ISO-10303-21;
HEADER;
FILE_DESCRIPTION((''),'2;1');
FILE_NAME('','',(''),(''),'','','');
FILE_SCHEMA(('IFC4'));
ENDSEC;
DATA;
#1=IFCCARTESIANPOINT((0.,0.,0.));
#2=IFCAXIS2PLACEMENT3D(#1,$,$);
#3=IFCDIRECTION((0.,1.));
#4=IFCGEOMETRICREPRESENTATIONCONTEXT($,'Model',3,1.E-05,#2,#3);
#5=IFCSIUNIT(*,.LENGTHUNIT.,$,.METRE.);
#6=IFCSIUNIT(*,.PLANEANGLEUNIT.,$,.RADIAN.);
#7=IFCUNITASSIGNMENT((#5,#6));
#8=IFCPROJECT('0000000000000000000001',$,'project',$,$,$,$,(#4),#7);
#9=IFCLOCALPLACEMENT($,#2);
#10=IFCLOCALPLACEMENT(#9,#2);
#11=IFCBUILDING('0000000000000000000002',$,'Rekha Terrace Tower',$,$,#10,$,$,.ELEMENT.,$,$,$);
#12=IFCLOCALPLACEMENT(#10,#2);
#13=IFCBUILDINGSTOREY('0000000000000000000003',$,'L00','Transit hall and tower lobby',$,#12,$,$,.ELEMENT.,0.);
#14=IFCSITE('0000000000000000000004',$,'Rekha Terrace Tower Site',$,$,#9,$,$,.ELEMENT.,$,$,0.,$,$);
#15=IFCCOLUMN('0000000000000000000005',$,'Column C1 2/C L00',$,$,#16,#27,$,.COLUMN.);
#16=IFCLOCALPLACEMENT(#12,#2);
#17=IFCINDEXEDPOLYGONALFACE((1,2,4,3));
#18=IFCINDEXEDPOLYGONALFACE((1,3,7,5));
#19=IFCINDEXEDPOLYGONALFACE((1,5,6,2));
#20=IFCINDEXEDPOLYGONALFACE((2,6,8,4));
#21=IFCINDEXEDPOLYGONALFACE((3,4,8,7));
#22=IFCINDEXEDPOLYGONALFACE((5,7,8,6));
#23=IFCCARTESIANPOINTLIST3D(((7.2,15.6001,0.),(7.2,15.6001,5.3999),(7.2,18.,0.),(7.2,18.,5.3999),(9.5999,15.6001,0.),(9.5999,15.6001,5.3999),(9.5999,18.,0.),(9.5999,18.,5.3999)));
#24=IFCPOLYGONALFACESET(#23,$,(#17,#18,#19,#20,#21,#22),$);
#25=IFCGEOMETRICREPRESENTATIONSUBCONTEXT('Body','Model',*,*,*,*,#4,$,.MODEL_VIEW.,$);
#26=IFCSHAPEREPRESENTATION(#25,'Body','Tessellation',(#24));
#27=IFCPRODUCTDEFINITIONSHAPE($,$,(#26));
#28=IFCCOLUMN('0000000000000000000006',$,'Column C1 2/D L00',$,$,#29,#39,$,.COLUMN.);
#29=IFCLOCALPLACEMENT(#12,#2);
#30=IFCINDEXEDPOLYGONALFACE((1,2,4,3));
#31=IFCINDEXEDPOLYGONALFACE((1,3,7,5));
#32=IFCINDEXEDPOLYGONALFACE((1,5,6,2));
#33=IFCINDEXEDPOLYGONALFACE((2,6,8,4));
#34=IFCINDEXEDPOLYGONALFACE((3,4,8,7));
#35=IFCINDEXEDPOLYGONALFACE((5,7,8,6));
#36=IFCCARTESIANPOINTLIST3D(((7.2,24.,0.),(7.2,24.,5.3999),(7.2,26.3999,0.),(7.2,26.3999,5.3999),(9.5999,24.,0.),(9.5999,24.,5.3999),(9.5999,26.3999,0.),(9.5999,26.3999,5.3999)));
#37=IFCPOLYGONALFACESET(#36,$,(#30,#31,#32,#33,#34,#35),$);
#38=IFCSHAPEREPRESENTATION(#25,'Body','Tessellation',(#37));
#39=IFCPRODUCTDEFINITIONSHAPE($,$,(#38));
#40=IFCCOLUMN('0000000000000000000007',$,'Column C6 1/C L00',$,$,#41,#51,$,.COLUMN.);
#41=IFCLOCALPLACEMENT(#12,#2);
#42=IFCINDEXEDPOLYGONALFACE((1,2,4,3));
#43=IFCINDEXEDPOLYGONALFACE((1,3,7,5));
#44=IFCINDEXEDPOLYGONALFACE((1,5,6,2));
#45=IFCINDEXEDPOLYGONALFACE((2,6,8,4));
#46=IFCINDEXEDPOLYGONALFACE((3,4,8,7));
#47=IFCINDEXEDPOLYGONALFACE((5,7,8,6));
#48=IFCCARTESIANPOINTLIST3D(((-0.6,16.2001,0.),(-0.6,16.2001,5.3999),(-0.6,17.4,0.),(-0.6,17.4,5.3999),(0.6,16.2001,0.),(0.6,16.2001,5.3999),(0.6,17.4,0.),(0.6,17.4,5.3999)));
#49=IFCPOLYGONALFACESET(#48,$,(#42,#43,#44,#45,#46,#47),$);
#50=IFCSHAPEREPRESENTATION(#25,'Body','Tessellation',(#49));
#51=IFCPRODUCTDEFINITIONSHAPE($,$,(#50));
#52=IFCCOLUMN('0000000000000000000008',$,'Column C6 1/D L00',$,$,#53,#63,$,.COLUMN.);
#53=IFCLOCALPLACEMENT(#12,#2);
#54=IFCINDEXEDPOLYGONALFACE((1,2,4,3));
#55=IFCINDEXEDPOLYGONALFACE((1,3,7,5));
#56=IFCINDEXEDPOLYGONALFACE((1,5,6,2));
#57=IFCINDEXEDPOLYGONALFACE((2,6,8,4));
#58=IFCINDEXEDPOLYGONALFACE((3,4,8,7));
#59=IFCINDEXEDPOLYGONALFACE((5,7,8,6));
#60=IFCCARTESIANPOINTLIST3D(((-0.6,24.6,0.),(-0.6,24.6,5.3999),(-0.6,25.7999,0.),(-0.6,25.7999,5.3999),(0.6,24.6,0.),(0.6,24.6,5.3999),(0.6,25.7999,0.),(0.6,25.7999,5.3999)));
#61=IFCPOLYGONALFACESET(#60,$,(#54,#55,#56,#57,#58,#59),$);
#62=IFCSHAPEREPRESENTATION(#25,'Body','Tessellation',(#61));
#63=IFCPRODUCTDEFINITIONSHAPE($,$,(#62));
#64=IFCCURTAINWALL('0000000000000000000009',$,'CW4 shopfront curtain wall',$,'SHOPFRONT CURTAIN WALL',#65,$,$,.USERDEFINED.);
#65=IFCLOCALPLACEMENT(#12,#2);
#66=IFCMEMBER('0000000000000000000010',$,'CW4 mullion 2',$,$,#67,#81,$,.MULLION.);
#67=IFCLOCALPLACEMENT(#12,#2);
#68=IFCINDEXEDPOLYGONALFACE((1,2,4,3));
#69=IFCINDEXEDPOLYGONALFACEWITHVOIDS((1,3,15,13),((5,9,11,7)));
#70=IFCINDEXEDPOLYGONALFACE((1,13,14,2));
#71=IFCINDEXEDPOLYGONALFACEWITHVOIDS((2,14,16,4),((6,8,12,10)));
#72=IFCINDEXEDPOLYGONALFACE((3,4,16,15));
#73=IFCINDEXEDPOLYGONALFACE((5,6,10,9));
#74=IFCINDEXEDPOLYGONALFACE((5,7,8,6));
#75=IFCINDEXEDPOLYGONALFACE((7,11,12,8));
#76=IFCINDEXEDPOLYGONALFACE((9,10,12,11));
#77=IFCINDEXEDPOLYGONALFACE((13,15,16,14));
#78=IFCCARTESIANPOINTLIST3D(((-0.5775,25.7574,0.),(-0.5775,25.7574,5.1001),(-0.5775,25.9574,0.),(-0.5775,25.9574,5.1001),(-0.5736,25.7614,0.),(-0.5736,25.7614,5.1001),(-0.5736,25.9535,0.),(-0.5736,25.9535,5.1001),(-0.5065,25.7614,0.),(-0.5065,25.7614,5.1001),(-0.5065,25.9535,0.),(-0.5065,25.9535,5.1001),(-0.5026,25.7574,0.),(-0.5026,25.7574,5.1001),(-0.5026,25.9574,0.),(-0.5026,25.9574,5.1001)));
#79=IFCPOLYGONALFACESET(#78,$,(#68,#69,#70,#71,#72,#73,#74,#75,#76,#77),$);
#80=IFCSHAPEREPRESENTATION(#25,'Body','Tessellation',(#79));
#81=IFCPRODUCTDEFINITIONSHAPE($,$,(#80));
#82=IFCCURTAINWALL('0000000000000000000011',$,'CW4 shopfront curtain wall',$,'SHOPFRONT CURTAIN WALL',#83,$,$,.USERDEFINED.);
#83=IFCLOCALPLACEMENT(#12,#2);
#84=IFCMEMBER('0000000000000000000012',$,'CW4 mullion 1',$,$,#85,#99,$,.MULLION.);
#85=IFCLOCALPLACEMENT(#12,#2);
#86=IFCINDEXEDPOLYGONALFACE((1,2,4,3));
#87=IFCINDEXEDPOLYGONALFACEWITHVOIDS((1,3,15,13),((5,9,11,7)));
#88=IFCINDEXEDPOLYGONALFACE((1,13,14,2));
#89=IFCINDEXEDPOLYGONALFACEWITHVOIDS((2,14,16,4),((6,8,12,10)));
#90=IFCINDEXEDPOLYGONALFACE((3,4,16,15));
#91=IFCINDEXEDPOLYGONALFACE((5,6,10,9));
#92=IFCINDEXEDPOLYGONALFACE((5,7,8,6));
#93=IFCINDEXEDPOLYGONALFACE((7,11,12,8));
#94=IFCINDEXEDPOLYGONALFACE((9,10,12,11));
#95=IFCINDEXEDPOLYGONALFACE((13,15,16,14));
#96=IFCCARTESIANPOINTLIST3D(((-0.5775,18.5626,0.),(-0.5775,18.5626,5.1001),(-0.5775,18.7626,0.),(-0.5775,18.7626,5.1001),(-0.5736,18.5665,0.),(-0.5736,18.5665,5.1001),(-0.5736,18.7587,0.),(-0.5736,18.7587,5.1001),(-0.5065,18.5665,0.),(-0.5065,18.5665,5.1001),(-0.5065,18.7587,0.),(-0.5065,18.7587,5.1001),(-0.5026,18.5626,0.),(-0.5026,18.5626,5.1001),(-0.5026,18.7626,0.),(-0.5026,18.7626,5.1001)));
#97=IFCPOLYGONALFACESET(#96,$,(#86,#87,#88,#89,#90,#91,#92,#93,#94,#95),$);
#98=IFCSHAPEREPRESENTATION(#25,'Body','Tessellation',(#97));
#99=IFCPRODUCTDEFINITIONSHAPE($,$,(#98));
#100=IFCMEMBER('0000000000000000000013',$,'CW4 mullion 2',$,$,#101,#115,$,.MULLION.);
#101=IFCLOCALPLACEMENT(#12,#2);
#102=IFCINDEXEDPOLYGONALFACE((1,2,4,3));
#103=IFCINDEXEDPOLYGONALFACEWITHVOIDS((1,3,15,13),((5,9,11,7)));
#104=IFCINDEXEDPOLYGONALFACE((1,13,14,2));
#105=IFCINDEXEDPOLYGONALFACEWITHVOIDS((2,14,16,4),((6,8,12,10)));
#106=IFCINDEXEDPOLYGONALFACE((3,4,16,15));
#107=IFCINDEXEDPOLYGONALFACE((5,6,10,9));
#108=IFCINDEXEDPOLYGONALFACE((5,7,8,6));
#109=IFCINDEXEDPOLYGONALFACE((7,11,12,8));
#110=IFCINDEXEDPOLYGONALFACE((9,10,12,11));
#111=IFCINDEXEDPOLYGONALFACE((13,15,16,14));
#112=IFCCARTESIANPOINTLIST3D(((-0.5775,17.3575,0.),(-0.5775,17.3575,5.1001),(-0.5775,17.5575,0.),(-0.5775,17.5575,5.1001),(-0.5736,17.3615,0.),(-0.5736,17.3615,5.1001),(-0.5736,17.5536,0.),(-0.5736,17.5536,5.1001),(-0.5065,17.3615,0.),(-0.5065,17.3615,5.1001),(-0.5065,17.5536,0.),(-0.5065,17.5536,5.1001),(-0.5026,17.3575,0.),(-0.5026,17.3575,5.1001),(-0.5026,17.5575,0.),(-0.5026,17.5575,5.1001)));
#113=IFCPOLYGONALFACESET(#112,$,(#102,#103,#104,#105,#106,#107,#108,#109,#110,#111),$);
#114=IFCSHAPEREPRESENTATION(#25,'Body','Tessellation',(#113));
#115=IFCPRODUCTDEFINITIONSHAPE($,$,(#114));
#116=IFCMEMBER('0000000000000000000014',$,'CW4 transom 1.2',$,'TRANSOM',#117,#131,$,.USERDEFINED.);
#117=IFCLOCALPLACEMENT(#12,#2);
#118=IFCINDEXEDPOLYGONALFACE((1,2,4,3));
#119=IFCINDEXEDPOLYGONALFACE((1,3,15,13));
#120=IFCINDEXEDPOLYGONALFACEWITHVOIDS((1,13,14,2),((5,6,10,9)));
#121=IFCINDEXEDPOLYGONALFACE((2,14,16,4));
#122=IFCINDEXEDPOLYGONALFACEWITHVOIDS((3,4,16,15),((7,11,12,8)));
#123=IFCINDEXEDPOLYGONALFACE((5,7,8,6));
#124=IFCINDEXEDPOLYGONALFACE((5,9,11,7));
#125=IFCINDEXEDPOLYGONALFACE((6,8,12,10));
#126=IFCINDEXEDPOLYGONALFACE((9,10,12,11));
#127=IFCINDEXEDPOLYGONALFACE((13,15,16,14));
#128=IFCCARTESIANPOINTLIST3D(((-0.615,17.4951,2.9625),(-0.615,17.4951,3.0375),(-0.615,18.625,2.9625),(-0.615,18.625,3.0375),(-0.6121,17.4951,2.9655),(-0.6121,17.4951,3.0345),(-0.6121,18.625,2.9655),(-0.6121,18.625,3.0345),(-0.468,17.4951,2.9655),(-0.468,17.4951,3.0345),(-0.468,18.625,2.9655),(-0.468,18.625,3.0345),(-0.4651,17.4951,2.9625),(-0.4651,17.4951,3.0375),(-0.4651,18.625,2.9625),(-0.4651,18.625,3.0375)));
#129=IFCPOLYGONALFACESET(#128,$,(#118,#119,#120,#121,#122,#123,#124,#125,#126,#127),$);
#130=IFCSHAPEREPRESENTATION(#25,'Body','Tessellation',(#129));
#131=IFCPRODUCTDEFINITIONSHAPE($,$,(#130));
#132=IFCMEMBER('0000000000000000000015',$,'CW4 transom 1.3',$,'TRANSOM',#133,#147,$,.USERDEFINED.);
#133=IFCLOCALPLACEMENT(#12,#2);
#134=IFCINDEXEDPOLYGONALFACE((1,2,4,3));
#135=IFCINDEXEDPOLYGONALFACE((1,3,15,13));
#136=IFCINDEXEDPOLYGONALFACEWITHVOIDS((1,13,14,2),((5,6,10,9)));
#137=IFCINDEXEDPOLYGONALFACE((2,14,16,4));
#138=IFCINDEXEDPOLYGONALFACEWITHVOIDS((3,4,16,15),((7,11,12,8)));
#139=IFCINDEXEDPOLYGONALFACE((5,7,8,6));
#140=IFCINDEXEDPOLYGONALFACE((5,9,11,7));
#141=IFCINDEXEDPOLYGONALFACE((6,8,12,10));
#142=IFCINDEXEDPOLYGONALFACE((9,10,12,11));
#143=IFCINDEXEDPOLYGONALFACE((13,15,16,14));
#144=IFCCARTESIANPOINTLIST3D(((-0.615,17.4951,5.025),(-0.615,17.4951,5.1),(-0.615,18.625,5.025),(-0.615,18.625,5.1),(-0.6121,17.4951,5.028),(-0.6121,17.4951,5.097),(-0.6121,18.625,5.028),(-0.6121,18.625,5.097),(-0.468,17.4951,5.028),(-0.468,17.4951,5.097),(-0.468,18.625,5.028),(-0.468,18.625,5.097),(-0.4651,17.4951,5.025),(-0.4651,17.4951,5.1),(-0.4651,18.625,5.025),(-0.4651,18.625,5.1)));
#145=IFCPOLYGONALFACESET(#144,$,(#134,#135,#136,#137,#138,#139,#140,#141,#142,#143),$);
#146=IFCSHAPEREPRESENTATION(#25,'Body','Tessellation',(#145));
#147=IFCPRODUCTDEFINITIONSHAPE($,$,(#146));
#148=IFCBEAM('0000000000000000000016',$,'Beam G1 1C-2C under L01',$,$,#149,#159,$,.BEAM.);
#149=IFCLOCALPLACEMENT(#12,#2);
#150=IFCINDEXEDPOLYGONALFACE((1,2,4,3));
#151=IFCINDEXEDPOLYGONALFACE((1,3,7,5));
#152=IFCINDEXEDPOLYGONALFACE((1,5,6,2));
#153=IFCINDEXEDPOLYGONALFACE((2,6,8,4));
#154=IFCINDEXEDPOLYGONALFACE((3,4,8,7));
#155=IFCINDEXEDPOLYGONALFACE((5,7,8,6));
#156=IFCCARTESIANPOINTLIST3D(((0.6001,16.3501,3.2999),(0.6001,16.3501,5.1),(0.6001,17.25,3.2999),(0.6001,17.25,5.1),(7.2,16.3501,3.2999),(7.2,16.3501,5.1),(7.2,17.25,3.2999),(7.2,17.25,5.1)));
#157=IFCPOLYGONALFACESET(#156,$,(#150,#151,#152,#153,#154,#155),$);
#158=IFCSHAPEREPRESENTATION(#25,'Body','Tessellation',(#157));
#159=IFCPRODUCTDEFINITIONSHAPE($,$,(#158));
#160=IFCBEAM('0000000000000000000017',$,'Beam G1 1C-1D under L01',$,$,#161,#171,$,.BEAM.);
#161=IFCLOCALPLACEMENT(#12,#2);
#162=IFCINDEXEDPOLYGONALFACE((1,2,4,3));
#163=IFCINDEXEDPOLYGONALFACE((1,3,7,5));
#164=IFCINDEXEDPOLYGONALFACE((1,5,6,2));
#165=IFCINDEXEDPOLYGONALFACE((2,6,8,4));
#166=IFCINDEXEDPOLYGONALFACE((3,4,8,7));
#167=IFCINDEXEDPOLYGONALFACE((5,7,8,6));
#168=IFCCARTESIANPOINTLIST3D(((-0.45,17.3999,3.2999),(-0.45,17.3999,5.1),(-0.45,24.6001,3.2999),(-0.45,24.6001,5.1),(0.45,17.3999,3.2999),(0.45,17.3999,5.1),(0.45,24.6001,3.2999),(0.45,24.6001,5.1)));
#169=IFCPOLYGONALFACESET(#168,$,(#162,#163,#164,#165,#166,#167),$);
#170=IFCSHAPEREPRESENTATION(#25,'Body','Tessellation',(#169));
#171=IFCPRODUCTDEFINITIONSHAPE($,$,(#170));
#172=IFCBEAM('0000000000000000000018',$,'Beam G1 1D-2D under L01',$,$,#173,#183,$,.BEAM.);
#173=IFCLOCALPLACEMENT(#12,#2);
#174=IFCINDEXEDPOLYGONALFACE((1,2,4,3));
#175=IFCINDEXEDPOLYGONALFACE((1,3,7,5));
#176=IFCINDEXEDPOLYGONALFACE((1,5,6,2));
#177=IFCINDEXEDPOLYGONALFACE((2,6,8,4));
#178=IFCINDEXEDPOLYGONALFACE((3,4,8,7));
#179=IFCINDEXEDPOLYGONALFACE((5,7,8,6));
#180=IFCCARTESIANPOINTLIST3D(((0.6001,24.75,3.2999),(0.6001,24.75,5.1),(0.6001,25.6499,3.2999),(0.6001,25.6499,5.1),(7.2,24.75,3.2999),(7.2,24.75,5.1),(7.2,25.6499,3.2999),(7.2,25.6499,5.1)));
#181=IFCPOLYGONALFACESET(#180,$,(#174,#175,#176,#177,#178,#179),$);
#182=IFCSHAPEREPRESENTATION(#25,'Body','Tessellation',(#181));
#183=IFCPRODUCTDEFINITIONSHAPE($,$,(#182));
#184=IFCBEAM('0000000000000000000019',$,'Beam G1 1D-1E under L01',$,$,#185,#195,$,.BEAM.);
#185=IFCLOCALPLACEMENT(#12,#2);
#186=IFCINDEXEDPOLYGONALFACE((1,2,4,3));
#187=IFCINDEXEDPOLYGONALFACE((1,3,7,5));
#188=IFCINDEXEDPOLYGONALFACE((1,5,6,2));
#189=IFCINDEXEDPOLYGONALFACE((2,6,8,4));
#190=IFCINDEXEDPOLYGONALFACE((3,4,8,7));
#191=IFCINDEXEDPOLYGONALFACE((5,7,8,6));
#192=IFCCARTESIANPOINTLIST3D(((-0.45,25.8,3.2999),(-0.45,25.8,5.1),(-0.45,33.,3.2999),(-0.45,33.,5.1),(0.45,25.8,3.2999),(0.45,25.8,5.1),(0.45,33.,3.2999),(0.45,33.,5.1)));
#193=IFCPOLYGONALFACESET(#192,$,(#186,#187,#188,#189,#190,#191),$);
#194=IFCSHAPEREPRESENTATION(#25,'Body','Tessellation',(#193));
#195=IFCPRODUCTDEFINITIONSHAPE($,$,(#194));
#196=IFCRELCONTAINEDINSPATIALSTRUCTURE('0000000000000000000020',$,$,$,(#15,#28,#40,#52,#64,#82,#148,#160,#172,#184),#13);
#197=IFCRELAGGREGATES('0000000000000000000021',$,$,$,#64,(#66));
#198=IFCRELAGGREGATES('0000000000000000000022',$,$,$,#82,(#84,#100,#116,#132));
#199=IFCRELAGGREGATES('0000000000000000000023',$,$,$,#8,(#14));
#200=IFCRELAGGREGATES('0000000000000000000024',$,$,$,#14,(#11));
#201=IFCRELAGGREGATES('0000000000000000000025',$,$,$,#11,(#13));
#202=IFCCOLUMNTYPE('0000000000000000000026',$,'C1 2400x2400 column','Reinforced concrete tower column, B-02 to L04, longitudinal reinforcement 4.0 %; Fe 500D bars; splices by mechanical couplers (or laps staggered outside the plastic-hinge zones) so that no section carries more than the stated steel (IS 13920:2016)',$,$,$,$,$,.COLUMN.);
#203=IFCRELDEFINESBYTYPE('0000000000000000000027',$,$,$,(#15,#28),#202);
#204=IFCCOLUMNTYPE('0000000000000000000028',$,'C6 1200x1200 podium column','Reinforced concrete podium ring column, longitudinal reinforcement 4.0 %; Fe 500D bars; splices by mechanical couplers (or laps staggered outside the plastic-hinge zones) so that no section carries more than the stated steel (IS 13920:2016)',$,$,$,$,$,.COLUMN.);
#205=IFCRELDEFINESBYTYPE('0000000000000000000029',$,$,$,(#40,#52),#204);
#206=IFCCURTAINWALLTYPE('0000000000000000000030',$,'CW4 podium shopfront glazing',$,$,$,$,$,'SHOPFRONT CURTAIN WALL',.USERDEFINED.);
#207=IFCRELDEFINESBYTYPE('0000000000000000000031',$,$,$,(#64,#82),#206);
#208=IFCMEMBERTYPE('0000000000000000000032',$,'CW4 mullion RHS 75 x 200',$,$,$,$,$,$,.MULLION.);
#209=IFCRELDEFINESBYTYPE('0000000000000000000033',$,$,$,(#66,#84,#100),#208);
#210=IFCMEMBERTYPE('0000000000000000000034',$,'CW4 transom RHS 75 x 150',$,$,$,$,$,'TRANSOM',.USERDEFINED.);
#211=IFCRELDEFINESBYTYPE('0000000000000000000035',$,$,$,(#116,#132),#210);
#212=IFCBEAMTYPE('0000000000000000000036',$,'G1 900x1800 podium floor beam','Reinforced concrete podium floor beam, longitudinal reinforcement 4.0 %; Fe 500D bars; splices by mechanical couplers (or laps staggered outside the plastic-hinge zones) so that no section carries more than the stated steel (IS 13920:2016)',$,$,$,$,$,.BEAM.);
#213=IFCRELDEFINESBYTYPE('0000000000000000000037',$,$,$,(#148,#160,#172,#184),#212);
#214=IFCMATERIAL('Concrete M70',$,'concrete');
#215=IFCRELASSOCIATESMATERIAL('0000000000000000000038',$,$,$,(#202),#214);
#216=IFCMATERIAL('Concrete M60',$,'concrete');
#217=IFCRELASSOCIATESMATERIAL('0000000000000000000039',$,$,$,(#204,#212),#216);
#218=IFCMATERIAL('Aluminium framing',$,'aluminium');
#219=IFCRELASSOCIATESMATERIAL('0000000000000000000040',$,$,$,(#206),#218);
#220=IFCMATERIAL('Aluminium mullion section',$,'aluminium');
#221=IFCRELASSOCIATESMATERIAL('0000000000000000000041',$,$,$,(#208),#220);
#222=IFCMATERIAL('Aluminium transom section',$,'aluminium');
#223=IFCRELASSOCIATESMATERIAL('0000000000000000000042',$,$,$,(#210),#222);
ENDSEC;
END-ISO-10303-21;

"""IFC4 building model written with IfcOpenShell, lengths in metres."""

from ifc_helpers import new_model, si_unit, direction, frame, origin, origin_2d, place, context, subcontext, project, spatial, rectangle, hollow_rectangle, extrude, material, material_profile, profile_set, type_object, element, aggregate, save


model = new_model("IFC4")

# Units and contexts
model_context = context("Model", 3, precision=1e-05, world=origin(), true_north=direction((0.0, 1.0)))
body_context = subcontext(model_context, "Body", "Model", "MODEL_VIEW")
ifc_project = project(units=[si_unit("LENGTHUNIT", "METRE"), si_unit("PLANEANGLEUNIT", "RADIAN")], contexts=[model_context])

# Site, building, storey
site_placement = place(None, origin())
site = spatial("IfcSite", under=ifc_project, at=site_placement, Name="Rekha Terrace Tower Site", CompositionType="ELEMENT", RefElevation=0.0)
building_placement = place(site_placement, origin())
building = spatial("IfcBuilding", under=site, at=building_placement, Name="Rekha Terrace Tower", CompositionType="ELEMENT")
storey_placement = place(building_placement, origin())
storey = spatial("IfcBuildingStorey", under=building, at=storey_placement, Name="L00", Description="Transit hall and tower lobby", CompositionType="ELEMENT", Elevation=0.0)

# Columns
ifc_material_1 = material(Name="Concrete M70", Category="concrete")
ifc_material_profile_1 = material_profile(ifc_material_1, rectangle(XDim=2.3999, YDim=2.3999, at=origin_2d()), Name="RC 2400x2400")
ifc_profile_set_1 = profile_set([ifc_material_profile_1], Name="Concrete M70")
column_type_1 = type_object("IfcColumnType", Name="C1 2400x2400 column", Description="Reinforced concrete tower column, B-02 to L04, longitudinal reinforcement 4.0 %; Fe 500D bars; splices by mechanical couplers (or laps staggered outside the plastic-hinge zones) so that no section carries more than the stated steel (IS 13920:2016)", PredefinedType="COLUMN", material=ifc_profile_set_1)
for number, where, z_axis, x_axis, name in (
    (1, (8.3999, 16.8, 0.0), (0.0, 0.0, 1.0), (1.0, 0.0, 0.0), "Column C1 2/C L00"),
    (2, (8.3999, 25.2, 0.0), (0.0, 0.0, 1.0), (1.0, 0.0, 0.0), "Column C1 2/D L00"),
):
    element("IfcColumn", number, at=place(storey_placement, frame(where, z_axis=z_axis, x_axis=x_axis)), inside=storey, type_object=column_type_1, Name=name, PredefinedType="COLUMN", context=body_context, shape_type="SweptSolid", body=[
        extrude(rectangle(XDim=2.3999, YDim=2.3999, at=origin_2d()), origin(), (0.0, 0.0, 1.0), 5.3999),
    ])
ifc_material_2 = material(Name="Concrete M60", Category="concrete")
ifc_material_profile_2 = material_profile(ifc_material_2, rectangle(XDim=1.2, YDim=1.2, at=origin_2d()), Name="RC 1200x1200")
ifc_profile_set_2 = profile_set([ifc_material_profile_2], Name="Concrete M60")
column_type_2 = type_object("IfcColumnType", Name="C6 1200x1200 podium column", Description="Reinforced concrete podium ring column, longitudinal reinforcement 4.0 %; Fe 500D bars; splices by mechanical couplers (or laps staggered outside the plastic-hinge zones) so that no section carries more than the stated steel (IS 13920:2016)", PredefinedType="COLUMN", material=ifc_profile_set_2)
for number, where, z_axis, x_axis, name in (
    (3, (0.0, 16.8, 0.0), (0.0, 0.0, 1.0), (1.0, 0.0, 0.0), "Column C6 1/C L00"),
    (4, (0.0, 25.2, 0.0), (0.0, 0.0, 1.0), (1.0, 0.0, 0.0), "Column C6 1/D L00"),
):
    element("IfcColumn", number, at=place(storey_placement, frame(where, z_axis=z_axis, x_axis=x_axis)), inside=storey, type_object=column_type_2, Name=name, PredefinedType="COLUMN", context=body_context, shape_type="SweptSolid", body=[
        extrude(rectangle(XDim=1.2, YDim=1.2, at=origin_2d()), origin(), (0.0, 0.0, 1.0), 5.3999),
    ])

# Curtain wall, member
ifc_material_3 = material(Name="Aluminium framing", Category="aluminium")
curtain_wall_type = type_object("IfcCurtainWallType", Name="CW4 podium shopfront glazing", ElementType="SHOPFRONT CURTAIN WALL", PredefinedType="USERDEFINED", material=ifc_material_3)
curtain_wall_1_placement = place(storey_placement, origin())
curtain_wall_1 = element("IfcCurtainWall", 5, at=curtain_wall_1_placement, inside=storey, type_object=curtain_wall_type, Name="CW4 shopfront curtain wall", ObjectType="SHOPFRONT CURTAIN WALL", PredefinedType="USERDEFINED")
ifc_material_4 = material(Name="Aluminium mullion section", Category="aluminium")
ifc_material_profile_3 = material_profile(ifc_material_4, hollow_rectangle(XDim=0.075, YDim=0.2, WallThickness=0.0039, at=origin_2d()), Name="AL RHS 75x200")
ifc_profile_set_3 = profile_set([ifc_material_profile_3], Name="Aluminium mullion section")
member_type_1 = type_object("IfcMemberType", Name="CW4 mullion RHS 75 x 200", PredefinedType="MULLION", material=ifc_profile_set_3)
member_1_placement = place(storey_placement, frame((-0.54, 25.8574, 0.0), z_axis=(0.0, 0.0, 1.0), x_axis=(1.0, 0.0, 0.0)))
member_1 = element("IfcMember", 6, at=member_1_placement, type_object=member_type_1, Name="CW4 mullion 2", PredefinedType="MULLION", context=body_context, shape_type="SweptSolid", body=[
    extrude(hollow_rectangle(XDim=0.075, YDim=0.2, WallThickness=0.0039, at=origin_2d()), origin(), (0.0, 0.0, 1.0), 5.1001),
])
aggregate(curtain_wall_1, [member_1])

# Curtain wall, members
curtain_wall_2_placement = place(storey_placement, origin())
curtain_wall_2 = element("IfcCurtainWall", 7, at=curtain_wall_2_placement, inside=storey, type_object=curtain_wall_type, Name="CW4 shopfront curtain wall", ObjectType="SHOPFRONT CURTAIN WALL", PredefinedType="USERDEFINED")
member_2_placement = place(storey_placement, frame((-0.54, 18.6626, 0.0), z_axis=(0.0, 0.0, 1.0), x_axis=(1.0, 0.0, 0.0)))
member_2 = element("IfcMember", 8, at=member_2_placement, type_object=member_type_1, Name="CW4 mullion 1", PredefinedType="MULLION", context=body_context, shape_type="SweptSolid", body=[
    extrude(hollow_rectangle(XDim=0.075, YDim=0.2, WallThickness=0.0039, at=origin_2d()), origin(), (0.0, 0.0, 1.0), 5.1001),
])
member_3_placement = place(storey_placement, frame((-0.54, 17.4575, 0.0), z_axis=(0.0, 0.0, 1.0), x_axis=(1.0, 0.0, 0.0)))
member_3 = element("IfcMember", 9, at=member_3_placement, type_object=member_type_1, Name="CW4 mullion 2", PredefinedType="MULLION", context=body_context, shape_type="SweptSolid", body=[
    extrude(hollow_rectangle(XDim=0.075, YDim=0.2, WallThickness=0.0039, at=origin_2d()), origin(), (0.0, 0.0, 1.0), 5.1001),
])
ifc_material_5 = material(Name="Aluminium transom section", Category="aluminium")
ifc_material_profile_4 = material_profile(ifc_material_5, hollow_rectangle(XDim=0.1499, YDim=0.075, WallThickness=0.0029, at=origin_2d()), Name="AL RHS 150x75")
ifc_profile_set_4 = profile_set([ifc_material_profile_4], Name="Aluminium transom section")
member_type_2 = type_object("IfcMemberType", Name="CW4 transom RHS 75 x 150", ElementType="TRANSOM", PredefinedType="USERDEFINED", material=ifc_profile_set_4)
member_4_placement = place(storey_placement, frame((-0.54, 18.625, 3.0), z_axis=(0.0, -1.0, 0.0), x_axis=(1.0, 0.0, 0.0)))
member_4 = element("IfcMember", 10, at=member_4_placement, type_object=member_type_2, Name="CW4 transom 1.2", ObjectType="TRANSOM", PredefinedType="USERDEFINED", context=body_context, shape_type="SweptSolid", body=[
    extrude(hollow_rectangle(XDim=0.1499, YDim=0.075, WallThickness=0.0029, at=origin_2d()), origin(), (0.0, 0.0, 1.0), 1.1299),
])
member_5_placement = place(storey_placement, frame((-0.54, 18.625, 5.0625), z_axis=(0.0, -1.0, 0.0), x_axis=(1.0, 0.0, 0.0)))
member_5 = element("IfcMember", 11, at=member_5_placement, type_object=member_type_2, Name="CW4 transom 1.3", ObjectType="TRANSOM", PredefinedType="USERDEFINED", context=body_context, shape_type="SweptSolid", body=[
    extrude(hollow_rectangle(XDim=0.1499, YDim=0.075, WallThickness=0.0029, at=origin_2d()), origin(), (0.0, 0.0, 1.0), 1.1299),
])

# Beams
ifc_material_profile_5 = material_profile(ifc_material_2, rectangle(XDim=0.8999, YDim=1.8, at=origin_2d()), Name="RC 900x1800")
ifc_profile_set_5 = profile_set([ifc_material_profile_5], Name="Concrete M60")
beam_type = type_object("IfcBeamType", Name="G1 900x1800 podium floor beam", Description="Reinforced concrete podium floor beam, longitudinal reinforcement 4.0 %; Fe 500D bars; splices by mechanical couplers (or laps staggered outside the plastic-hinge zones) so that no section carries more than the stated steel (IS 13920:2016)", PredefinedType="BEAM", material=ifc_profile_set_5)
beam_1_placement = place(storey_placement, frame((0.6001, 16.8, 4.2), z_axis=(1.0, 0.0, 0.0), x_axis=(0.0, 1.0, 0.0)))
element("IfcBeam", 12, at=beam_1_placement, inside=storey, type_object=beam_type, Name="Beam G1 1C-2C under L01", PredefinedType="BEAM", context=body_context, shape_type="SweptSolid", body=[
    extrude(rectangle(XDim=0.8999, YDim=1.8, at=origin_2d()), origin(), (0.0, 0.0, 1.0), 6.5999),
])
beam_2_placement = place(storey_placement, frame((0.0, 17.3999, 4.2), z_axis=(0.0, 1.0, 0.0), x_axis=(-1.0, 0.0, 0.0)))
element("IfcBeam", 13, at=beam_2_placement, inside=storey, type_object=beam_type, Name="Beam G1 1C-1D under L01", PredefinedType="BEAM", context=body_context, shape_type="SweptSolid", body=[
    extrude(rectangle(XDim=0.8999, YDim=1.8, at=origin_2d()), origin(), (0.0, 0.0, 1.0), 7.2002),
])
beam_3_placement = place(storey_placement, frame((0.6001, 25.2, 4.2), z_axis=(1.0, 0.0, 0.0), x_axis=(0.0, 1.0, 0.0)))
element("IfcBeam", 14, at=beam_3_placement, inside=storey, type_object=beam_type, Name="Beam G1 1D-2D under L01", PredefinedType="BEAM", context=body_context, shape_type="SweptSolid", body=[
    extrude(rectangle(XDim=0.8999, YDim=1.8, at=origin_2d()), origin(), (0.0, 0.0, 1.0), 6.5999),
])
beam_4_placement = place(storey_placement, frame((0.0, 25.8, 4.2), z_axis=(0.0, 1.0, 0.0), x_axis=(-1.0, 0.0, 0.0)))
element("IfcBeam", 15, at=beam_4_placement, inside=storey, type_object=beam_type, Name="Beam G1 1D-1E under L01", PredefinedType="BEAM", context=body_context, shape_type="SweptSolid", body=[
    extrude(rectangle(XDim=0.8999, YDim=1.8, at=origin_2d()), origin(), (0.0, 0.0, 1.0), 7.2),
])

aggregate(curtain_wall_2, [member_2, member_3, member_4, member_5])

save(model, "model.ifc")
